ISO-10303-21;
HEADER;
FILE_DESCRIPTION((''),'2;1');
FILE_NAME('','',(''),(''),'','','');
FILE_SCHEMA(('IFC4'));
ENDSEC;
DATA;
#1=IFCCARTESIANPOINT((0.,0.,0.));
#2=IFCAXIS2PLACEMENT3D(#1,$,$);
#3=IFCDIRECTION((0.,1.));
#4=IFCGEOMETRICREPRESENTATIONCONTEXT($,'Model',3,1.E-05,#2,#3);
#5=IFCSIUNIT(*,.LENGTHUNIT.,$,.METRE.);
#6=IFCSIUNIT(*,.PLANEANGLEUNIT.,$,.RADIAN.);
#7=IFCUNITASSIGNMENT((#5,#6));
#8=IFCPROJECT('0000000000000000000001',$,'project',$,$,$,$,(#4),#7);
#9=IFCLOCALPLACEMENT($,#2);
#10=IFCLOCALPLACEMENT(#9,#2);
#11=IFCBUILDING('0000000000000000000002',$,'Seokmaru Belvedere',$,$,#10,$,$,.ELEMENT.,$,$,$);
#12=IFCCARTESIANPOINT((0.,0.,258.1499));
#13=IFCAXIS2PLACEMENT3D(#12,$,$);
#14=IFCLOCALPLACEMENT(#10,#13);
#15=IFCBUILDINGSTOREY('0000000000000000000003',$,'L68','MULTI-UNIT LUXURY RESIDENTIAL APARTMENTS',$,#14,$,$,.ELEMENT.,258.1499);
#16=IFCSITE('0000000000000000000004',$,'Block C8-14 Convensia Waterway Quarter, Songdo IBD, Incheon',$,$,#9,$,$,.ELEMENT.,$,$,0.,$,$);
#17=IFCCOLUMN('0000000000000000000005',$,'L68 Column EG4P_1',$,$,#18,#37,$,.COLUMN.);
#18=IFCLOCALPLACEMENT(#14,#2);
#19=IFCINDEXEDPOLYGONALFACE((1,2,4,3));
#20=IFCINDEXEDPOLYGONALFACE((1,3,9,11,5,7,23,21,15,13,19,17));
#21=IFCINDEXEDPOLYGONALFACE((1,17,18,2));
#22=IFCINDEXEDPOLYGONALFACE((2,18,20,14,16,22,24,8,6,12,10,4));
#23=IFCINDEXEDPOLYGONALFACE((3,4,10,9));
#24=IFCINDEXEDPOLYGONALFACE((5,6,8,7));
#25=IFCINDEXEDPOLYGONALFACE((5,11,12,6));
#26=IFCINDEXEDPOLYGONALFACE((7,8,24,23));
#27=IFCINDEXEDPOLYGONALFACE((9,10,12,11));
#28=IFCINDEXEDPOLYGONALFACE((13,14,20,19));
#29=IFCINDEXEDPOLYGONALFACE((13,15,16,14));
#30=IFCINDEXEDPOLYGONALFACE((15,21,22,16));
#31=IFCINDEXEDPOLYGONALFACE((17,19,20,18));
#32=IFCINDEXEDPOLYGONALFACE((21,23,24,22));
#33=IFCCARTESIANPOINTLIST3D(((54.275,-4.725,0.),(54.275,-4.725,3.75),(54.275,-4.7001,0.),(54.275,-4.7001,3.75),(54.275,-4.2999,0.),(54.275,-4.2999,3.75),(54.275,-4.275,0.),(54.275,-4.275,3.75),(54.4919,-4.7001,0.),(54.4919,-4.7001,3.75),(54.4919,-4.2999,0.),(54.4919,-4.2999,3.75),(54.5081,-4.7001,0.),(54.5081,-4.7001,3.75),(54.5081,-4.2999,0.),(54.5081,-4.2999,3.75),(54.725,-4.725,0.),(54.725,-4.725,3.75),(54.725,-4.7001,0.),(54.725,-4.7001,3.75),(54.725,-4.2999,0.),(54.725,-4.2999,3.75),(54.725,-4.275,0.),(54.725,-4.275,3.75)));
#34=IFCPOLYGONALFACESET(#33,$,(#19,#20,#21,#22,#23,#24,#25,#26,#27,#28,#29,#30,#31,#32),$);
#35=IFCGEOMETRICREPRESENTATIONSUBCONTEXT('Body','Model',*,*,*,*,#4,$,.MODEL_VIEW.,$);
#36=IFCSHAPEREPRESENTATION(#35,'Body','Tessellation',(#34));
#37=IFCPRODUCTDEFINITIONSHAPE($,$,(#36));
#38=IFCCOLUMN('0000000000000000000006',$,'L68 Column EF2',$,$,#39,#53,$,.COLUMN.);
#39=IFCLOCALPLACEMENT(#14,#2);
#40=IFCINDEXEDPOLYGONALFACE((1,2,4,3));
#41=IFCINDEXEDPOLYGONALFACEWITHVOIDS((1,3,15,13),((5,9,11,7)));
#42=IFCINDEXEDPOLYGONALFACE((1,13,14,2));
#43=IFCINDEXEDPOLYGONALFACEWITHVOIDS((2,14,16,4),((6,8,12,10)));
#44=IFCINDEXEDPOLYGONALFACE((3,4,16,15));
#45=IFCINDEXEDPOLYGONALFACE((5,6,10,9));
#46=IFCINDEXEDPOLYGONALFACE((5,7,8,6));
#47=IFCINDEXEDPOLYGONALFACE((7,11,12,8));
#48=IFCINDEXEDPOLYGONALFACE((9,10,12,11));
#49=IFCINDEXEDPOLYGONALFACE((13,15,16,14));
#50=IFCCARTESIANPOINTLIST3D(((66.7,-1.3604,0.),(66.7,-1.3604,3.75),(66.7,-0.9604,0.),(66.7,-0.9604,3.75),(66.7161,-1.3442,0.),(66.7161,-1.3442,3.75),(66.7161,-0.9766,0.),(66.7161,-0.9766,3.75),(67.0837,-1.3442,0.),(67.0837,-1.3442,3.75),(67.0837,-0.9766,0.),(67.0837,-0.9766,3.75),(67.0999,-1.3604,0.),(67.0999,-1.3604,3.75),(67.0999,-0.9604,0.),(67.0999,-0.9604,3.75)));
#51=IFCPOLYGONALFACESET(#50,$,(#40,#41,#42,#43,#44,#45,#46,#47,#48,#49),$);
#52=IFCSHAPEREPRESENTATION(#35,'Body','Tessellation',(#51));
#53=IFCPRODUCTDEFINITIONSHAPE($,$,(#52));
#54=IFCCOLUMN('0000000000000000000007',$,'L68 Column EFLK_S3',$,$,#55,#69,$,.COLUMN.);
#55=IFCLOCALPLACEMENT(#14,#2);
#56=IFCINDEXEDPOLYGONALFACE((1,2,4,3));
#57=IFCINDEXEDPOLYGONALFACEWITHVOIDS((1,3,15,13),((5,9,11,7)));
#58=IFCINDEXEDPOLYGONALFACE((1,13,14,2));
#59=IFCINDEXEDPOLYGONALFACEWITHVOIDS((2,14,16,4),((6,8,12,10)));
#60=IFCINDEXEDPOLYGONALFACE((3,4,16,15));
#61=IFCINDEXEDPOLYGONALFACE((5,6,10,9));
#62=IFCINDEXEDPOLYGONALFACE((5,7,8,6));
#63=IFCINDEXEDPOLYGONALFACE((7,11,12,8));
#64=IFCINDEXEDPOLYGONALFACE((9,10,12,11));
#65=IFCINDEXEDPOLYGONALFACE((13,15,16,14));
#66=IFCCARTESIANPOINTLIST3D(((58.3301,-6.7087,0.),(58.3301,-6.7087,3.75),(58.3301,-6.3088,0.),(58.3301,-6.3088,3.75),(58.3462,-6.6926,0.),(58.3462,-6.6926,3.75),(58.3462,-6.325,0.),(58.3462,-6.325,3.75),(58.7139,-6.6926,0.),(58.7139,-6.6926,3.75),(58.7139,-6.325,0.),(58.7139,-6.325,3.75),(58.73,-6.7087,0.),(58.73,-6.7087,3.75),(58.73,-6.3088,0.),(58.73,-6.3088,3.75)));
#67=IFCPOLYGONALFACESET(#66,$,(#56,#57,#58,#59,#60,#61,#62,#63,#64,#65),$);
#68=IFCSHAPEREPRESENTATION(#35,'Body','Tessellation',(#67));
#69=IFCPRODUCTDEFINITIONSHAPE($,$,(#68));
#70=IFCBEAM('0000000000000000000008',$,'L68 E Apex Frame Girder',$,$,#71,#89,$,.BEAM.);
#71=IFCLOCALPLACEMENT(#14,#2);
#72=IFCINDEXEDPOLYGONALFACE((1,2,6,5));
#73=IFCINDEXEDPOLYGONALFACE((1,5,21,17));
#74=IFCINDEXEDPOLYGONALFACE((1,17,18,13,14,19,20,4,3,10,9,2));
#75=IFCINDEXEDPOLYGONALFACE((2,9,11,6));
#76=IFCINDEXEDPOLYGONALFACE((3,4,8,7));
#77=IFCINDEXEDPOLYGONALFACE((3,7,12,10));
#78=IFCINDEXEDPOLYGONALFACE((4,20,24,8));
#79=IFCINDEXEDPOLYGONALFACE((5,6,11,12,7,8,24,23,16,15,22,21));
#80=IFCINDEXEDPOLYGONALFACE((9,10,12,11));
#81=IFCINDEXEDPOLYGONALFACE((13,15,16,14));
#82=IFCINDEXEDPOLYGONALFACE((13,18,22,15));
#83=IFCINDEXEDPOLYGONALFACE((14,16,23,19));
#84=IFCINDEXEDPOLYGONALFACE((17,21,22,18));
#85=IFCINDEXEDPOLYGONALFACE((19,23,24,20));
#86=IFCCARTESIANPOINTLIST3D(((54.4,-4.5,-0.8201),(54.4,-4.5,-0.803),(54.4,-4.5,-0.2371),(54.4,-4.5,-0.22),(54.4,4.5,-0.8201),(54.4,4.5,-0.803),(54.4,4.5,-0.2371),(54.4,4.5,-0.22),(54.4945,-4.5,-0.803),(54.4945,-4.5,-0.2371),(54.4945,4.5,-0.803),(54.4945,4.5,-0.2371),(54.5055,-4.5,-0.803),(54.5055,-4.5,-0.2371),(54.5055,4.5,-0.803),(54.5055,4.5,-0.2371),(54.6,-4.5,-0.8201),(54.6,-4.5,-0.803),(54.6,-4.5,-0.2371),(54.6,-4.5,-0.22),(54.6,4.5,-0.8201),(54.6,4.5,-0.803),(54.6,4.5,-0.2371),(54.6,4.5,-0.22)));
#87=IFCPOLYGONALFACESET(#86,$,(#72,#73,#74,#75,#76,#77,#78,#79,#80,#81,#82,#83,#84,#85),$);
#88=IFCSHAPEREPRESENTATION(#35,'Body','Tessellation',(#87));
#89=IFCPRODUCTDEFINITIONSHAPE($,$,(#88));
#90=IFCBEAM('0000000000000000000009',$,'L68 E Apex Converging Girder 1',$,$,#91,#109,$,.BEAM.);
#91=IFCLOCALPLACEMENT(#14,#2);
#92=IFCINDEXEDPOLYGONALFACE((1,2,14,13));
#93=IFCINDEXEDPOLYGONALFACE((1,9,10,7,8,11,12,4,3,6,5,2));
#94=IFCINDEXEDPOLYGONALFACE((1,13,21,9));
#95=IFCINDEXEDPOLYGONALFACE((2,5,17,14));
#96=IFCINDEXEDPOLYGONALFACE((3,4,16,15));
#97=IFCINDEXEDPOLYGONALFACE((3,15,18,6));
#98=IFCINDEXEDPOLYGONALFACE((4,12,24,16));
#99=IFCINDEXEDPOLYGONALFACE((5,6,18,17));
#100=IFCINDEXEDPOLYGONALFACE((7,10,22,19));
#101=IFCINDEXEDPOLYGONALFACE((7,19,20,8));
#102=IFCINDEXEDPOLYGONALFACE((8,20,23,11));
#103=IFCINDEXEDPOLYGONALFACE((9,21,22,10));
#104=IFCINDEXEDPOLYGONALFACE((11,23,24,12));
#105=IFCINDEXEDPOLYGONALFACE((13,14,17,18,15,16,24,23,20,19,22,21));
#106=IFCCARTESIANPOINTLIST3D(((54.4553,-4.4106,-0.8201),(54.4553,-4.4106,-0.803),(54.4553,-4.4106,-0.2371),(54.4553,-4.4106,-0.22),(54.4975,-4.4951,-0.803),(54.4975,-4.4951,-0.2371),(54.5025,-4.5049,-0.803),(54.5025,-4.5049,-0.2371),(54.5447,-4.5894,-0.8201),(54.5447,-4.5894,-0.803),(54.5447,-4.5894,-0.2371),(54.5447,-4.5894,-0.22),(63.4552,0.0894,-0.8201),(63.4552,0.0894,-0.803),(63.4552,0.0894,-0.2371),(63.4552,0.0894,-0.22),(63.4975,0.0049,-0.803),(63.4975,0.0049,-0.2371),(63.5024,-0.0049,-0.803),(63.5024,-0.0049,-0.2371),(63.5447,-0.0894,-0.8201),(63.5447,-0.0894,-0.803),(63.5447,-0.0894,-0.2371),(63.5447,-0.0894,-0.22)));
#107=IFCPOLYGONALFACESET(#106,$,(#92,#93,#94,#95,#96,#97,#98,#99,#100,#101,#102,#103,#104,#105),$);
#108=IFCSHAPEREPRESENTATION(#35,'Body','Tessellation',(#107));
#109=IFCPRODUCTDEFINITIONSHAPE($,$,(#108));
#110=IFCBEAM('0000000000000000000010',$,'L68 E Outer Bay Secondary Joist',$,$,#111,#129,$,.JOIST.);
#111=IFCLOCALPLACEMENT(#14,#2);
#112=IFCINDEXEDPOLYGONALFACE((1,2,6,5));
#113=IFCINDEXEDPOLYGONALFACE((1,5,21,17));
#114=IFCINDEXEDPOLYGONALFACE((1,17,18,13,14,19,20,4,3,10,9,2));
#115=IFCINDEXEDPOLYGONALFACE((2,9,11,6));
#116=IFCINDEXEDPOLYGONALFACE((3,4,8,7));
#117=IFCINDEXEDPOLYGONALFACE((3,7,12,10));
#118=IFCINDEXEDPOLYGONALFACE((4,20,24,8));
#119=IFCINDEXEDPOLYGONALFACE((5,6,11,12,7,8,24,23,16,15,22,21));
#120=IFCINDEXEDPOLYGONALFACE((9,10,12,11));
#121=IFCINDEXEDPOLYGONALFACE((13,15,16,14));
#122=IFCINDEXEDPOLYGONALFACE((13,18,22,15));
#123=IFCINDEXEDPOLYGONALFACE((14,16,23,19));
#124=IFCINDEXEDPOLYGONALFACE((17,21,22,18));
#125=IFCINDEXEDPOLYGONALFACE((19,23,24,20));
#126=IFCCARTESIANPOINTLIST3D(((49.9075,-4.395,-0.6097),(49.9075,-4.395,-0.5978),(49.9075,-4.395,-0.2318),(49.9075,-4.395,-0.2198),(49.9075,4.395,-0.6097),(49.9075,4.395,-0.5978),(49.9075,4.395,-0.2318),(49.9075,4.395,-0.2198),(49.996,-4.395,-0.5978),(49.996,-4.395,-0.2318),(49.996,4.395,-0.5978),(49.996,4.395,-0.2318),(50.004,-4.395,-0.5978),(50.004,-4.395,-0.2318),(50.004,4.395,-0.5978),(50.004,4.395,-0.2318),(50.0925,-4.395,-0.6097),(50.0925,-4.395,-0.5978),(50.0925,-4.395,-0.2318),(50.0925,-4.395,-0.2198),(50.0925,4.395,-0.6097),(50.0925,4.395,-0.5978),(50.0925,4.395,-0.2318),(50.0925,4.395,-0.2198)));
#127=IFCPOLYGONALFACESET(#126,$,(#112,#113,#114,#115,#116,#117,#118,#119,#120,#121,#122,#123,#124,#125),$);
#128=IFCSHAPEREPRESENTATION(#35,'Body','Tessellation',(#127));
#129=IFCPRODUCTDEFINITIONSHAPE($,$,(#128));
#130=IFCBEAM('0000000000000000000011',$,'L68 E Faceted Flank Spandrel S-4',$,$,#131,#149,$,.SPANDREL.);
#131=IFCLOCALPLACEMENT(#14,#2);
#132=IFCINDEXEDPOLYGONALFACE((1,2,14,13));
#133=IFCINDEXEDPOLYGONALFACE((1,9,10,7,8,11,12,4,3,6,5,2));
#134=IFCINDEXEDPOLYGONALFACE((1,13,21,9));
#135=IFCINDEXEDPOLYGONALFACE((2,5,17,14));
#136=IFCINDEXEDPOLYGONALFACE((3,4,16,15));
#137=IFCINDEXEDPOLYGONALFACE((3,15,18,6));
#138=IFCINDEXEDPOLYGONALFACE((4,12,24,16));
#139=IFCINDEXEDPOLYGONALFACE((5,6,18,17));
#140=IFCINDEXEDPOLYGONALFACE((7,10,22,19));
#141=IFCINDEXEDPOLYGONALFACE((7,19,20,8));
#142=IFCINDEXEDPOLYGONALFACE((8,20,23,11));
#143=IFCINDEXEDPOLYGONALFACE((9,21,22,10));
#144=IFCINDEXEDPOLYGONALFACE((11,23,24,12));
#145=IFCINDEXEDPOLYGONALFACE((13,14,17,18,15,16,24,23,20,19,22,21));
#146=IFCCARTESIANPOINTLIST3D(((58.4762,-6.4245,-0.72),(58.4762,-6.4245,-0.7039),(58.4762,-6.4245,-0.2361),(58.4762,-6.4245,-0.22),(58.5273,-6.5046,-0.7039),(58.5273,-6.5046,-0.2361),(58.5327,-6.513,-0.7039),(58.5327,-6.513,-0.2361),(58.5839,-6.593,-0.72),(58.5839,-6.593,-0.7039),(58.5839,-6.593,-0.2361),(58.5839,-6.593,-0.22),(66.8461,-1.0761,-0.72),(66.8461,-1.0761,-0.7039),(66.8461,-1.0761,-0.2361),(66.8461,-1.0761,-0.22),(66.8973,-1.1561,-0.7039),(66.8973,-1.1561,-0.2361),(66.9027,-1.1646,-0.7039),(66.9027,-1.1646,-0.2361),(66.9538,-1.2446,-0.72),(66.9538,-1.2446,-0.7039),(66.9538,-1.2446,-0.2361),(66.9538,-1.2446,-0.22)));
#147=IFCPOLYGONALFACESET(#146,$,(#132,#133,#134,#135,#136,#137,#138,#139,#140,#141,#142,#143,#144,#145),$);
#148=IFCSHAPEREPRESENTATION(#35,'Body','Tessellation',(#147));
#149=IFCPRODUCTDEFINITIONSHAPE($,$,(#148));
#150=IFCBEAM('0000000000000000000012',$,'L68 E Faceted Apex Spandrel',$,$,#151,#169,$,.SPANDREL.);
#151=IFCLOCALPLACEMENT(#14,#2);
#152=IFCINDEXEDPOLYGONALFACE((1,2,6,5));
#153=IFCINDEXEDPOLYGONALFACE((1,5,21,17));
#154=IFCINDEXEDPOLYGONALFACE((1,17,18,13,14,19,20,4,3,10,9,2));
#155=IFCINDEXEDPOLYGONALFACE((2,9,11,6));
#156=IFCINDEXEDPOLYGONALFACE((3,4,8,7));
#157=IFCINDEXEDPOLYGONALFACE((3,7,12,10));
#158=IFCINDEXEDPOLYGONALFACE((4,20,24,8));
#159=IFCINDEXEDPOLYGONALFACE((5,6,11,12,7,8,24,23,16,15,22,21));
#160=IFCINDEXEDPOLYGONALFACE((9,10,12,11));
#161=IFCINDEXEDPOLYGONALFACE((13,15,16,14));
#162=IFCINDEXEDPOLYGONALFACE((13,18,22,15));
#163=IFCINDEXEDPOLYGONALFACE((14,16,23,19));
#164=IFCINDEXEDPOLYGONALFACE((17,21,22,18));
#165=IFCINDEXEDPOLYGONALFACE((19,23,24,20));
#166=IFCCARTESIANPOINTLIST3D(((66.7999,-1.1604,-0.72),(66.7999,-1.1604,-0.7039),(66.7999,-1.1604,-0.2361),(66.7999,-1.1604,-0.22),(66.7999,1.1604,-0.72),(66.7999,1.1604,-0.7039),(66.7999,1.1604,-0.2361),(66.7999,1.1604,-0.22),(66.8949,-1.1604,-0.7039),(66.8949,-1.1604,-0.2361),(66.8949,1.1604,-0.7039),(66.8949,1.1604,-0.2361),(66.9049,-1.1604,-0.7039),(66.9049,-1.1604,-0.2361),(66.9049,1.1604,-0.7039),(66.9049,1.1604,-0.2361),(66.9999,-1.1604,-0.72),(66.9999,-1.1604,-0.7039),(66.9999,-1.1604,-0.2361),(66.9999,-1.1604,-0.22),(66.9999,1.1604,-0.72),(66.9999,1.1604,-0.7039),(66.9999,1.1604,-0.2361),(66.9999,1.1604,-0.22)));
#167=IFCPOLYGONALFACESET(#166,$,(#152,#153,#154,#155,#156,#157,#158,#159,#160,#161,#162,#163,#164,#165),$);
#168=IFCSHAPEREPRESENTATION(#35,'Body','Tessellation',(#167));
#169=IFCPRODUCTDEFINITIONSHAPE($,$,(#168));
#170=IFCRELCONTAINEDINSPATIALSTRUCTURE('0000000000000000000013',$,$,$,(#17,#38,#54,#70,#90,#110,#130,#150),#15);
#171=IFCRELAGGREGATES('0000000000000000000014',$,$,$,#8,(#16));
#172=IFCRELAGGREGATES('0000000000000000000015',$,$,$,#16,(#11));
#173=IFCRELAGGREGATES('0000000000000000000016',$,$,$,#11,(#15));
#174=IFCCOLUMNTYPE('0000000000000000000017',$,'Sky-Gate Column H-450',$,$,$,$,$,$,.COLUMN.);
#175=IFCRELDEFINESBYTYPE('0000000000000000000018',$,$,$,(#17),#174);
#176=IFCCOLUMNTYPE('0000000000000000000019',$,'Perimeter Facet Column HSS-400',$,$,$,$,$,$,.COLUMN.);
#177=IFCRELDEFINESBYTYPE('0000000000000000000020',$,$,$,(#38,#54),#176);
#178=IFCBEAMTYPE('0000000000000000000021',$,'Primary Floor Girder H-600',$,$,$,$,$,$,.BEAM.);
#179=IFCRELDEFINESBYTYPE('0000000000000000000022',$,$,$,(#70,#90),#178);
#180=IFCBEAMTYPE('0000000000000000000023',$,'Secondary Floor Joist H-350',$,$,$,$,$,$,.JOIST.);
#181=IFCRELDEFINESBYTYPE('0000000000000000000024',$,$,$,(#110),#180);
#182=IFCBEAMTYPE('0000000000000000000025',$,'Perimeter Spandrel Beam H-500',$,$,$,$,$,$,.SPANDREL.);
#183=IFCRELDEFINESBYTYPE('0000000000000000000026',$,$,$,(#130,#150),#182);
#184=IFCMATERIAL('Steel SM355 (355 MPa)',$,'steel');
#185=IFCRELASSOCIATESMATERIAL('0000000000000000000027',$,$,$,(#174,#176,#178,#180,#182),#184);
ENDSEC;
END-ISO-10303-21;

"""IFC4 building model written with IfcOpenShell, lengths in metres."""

from ifc_helpers import new_model, si_unit, direction, frame, origin, origin_2d, place, context, subcontext, project, spatial, hollow_rectangle, i_section, extrude, source, transform, mapped, material, material_profile, profile_set, type_object, type_shapes, element, save


model = new_model("IFC4")

# Units and contexts
model_context = context("Model", 3, precision=1e-05, world=origin(), true_north=direction((0.0, 1.0)))
body_context = subcontext(model_context, "Body", "Model", "MODEL_VIEW")
ifc_project = project(units=[si_unit("LENGTHUNIT", "METRE"), si_unit("PLANEANGLEUNIT", "RADIAN")], contexts=[model_context])

# Site, building, storey
site_placement = place(None, origin())
site = spatial("IfcSite", under=ifc_project, at=site_placement, Name="Block C8-14 Convensia Waterway Quarter, Songdo IBD, Incheon", CompositionType="ELEMENT", RefElevation=0.0)
building_placement = place(site_placement, origin())
building = spatial("IfcBuilding", under=site, at=building_placement, Name="Seokmaru Belvedere", CompositionType="ELEMENT")
storey_placement = place(building_placement, frame((0.0, 0.0, 258.1499)))
storey = spatial("IfcBuildingStorey", under=building, at=storey_placement, Name="L68", Description="MULTI-UNIT LUXURY RESIDENTIAL APARTMENTS", CompositionType="ELEMENT", Elevation=258.1499)

# Columns
ifc_material_1 = material(Name="Steel SM355 (355 MPa)", Category="steel")
ifc_material_profile_1 = material_profile(ifc_material_1, i_section(OverallWidth=0.45, OverallDepth=0.45, WebThickness=0.0161, FlangeThickness=0.0249, at=origin_2d()), Name="H-450x450x16x25")
ifc_profile_set_1 = profile_set([ifc_material_profile_1], Name="Steel SM355 (355 MPa)")
column_type_1 = type_object("IfcColumnType", Name="Sky-Gate Column H-450", PredefinedType="COLUMN", material=ifc_profile_set_1)
shared_shape_1 = source(origin(), body_context, "Body", "SweptSolid", [
    extrude(i_section(OverallWidth=0.45, OverallDepth=0.45, WebThickness=0.0161, FlangeThickness=0.0249, at=origin_2d()), origin(), (0.0, 0.0, 1.0), 3.75),
])
type_shapes(column_type_1, [shared_shape_1])
column_placement = place(storey_placement, frame((54.5, -4.5, 0.0), z_axis=(0.0, 0.0, 1.0), x_axis=(1.0, 0.0, 0.0)))
element("IfcColumn", 1, at=column_placement, inside=storey, type_object=column_type_1, Name="L68 Column EG4P_1", PredefinedType="COLUMN", context=body_context, shape_type="MappedRepresentation", body=[
    mapped(shared_shape_1, transform((0.0, 0.0, 0.0), scale=1.0)),
])
ifc_material_profile_2 = material_profile(ifc_material_1, hollow_rectangle(XDim=0.3999, YDim=0.3999, WallThickness=0.0161, at=origin_2d()), Name="HSS-400x400x16")
ifc_profile_set_2 = profile_set([ifc_material_profile_2], Name="Steel SM355 (355 MPa)")
column_type_2 = type_object("IfcColumnType", Name="Perimeter Facet Column HSS-400", PredefinedType="COLUMN", material=ifc_profile_set_2)
shared_shape_2 = source(origin(), body_context, "Body", "SweptSolid", [
    extrude(hollow_rectangle(XDim=0.3999, YDim=0.3999, WallThickness=0.0161, at=origin_2d()), origin(), (0.0, 0.0, 1.0), 3.75),
])
type_shapes(column_type_2, [shared_shape_2])
for number, where, z_axis, x_axis, name in (
    (2, (66.8999, -1.1604, 0.0), (0.0, 0.0, 1.0), (1.0, 0.0, 0.0), "L68 Column EF2"),
    (3, (58.53, -6.5088, 0.0), (0.0, 0.0, 1.0), (1.0, 0.0, 0.0), "L68 Column EFLK_S3"),
):
    element("IfcColumn", number, at=place(storey_placement, frame(where, z_axis=z_axis, x_axis=x_axis)), inside=storey, type_object=column_type_2, Name=name, PredefinedType="COLUMN", context=body_context, shape_type="MappedRepresentation", body=[
        mapped(shared_shape_2, transform((0.0, 0.0, 0.0), scale=1.0)),
    ])

# Beams
ifc_material_profile_3 = material_profile(ifc_material_1, i_section(OverallWidth=0.2, OverallDepth=0.6001, WebThickness=0.011, FlangeThickness=0.0171, at=origin_2d()), Name="H-600x200x11x17")
ifc_profile_set_3 = profile_set([ifc_material_profile_3], Name="Steel SM355 (355 MPa)")
beam_type_1 = type_object("IfcBeamType", Name="Primary Floor Girder H-600", PredefinedType="BEAM", material=ifc_profile_set_3)
shared_shape_3 = source(origin(), body_context, "Body", "SweptSolid", [
    extrude(i_section(OverallWidth=0.2, OverallDepth=0.6001, WebThickness=0.011, FlangeThickness=0.0171, at=origin_2d()), origin(), (0.0, 0.0, 1.0), 9.0),
])
beam_1_placement = place(storey_placement, frame((54.5, -4.5, -0.52), z_axis=(0.0, 1.0, 0.0), x_axis=(-1.0, 0.0, 0.0)))
element("IfcBeam", 4, at=beam_1_placement, inside=storey, type_object=beam_type_1, Name="L68 E Apex Frame Girder", PredefinedType="BEAM", context=body_context, shape_type="MappedRepresentation", body=[
    mapped(shared_shape_3, transform((0.0, 0.0, 0.0), scale=1.0)),
])
shared_shape_4 = source(origin(), body_context, "Body", "SweptSolid", [
    extrude(i_section(OverallWidth=0.2, OverallDepth=0.6001, WebThickness=0.011, FlangeThickness=0.0171, at=origin_2d()), origin(), (0.0, 0.0, 1.0), 10.0623),
])
beam_2_placement = place(storey_placement, frame((54.5, -4.5, -0.52), z_axis=(0.894427, 0.447214, 0.0), x_axis=(-0.447214, 0.894427, 0.0)))
element("IfcBeam", 5, at=beam_2_placement, inside=storey, type_object=beam_type_1, Name="L68 E Apex Converging Girder 1", PredefinedType="BEAM", context=body_context, shape_type="MappedRepresentation", body=[
    mapped(shared_shape_4, transform((0.0, 0.0, 0.0), scale=1.0)),
])
ifc_material_profile_4 = material_profile(ifc_material_1, i_section(OverallWidth=0.1851, OverallDepth=0.3899, WebThickness=0.0081, FlangeThickness=0.012, at=origin_2d()), Name="H-390x185x8x12")
ifc_profile_set_4 = profile_set([ifc_material_profile_4], Name="Steel SM355 (355 MPa)")
beam_type_2 = type_object("IfcBeamType", Name="Secondary Floor Joist H-350", PredefinedType="JOIST", material=ifc_profile_set_4)
shared_shape_5 = source(origin(), body_context, "Body", "SweptSolid", [
    extrude(i_section(OverallWidth=0.1851, OverallDepth=0.3899, WebThickness=0.0081, FlangeThickness=0.012, at=origin_2d()), origin(), (0.0, 0.0, 1.0), 8.79),
])
type_shapes(beam_type_2, [shared_shape_5])
beam_3_placement = place(storey_placement, frame((50.0, -4.395, -0.4148), z_axis=(0.0, 1.0, 0.0), x_axis=(-1.0, 0.0, 0.0)))
element("IfcBeam", 6, at=beam_3_placement, inside=storey, type_object=beam_type_2, Name="L68 E Outer Bay Secondary Joist", PredefinedType="JOIST", context=body_context, shape_type="MappedRepresentation", body=[
    mapped(shared_shape_5, transform((0.0, 0.0, 0.0), scale=1.0)),
])
ifc_material_profile_5 = material_profile(ifc_material_1, i_section(OverallWidth=0.2, OverallDepth=0.5, WebThickness=0.01, FlangeThickness=0.0161, at=origin_2d()), Name="H-500x200x10x16")
ifc_profile_set_5 = profile_set([ifc_material_profile_5], Name="Steel SM355 (355 MPa)")
beam_type_3 = type_object("IfcBeamType", Name="Perimeter Spandrel Beam H-500", PredefinedType="SPANDREL", material=ifc_profile_set_5)
shared_shape_6 = source(origin(), body_context, "Body", "SweptSolid", [
    extrude(i_section(OverallWidth=0.2, OverallDepth=0.5, WebThickness=0.01, FlangeThickness=0.0161, at=origin_2d()), origin(), (0.0, 0.0, 1.0), 9.9329),
])
beam_4_placement = place(storey_placement, frame((58.53, -6.5088, -0.47), z_axis=(0.842652, 0.538459, 0.0), x_axis=(-0.538459, 0.842652, 0.0)))
element("IfcBeam", 7, at=beam_4_placement, inside=storey, type_object=beam_type_3, Name="L68 E Faceted Flank Spandrel S-4", PredefinedType="SPANDREL", context=body_context, shape_type="MappedRepresentation", body=[
    mapped(shared_shape_6, transform((0.0, 0.0, 0.0), scale=1.0)),
])
shared_shape_7 = source(origin(), body_context, "Body", "SweptSolid", [
    extrude(i_section(OverallWidth=0.2, OverallDepth=0.5, WebThickness=0.01, FlangeThickness=0.0161, at=origin_2d()), origin(), (0.0, 0.0, 1.0), 2.3208),
])
type_shapes(beam_type_3, [shared_shape_6, shared_shape_7])
beam_5_placement = place(storey_placement, frame((66.8999, -1.1604, -0.47), z_axis=(0.0, 1.0, 0.0), x_axis=(-1.0, 0.0, 0.0)))
element("IfcBeam", 8, at=beam_5_placement, inside=storey, type_object=beam_type_3, Name="L68 E Faceted Apex Spandrel", PredefinedType="SPANDREL", context=body_context, shape_type="MappedRepresentation", body=[
    mapped(shared_shape_7, transform((0.0, 0.0, 0.0), scale=1.0)),
])

save(model, "model.ifc")
